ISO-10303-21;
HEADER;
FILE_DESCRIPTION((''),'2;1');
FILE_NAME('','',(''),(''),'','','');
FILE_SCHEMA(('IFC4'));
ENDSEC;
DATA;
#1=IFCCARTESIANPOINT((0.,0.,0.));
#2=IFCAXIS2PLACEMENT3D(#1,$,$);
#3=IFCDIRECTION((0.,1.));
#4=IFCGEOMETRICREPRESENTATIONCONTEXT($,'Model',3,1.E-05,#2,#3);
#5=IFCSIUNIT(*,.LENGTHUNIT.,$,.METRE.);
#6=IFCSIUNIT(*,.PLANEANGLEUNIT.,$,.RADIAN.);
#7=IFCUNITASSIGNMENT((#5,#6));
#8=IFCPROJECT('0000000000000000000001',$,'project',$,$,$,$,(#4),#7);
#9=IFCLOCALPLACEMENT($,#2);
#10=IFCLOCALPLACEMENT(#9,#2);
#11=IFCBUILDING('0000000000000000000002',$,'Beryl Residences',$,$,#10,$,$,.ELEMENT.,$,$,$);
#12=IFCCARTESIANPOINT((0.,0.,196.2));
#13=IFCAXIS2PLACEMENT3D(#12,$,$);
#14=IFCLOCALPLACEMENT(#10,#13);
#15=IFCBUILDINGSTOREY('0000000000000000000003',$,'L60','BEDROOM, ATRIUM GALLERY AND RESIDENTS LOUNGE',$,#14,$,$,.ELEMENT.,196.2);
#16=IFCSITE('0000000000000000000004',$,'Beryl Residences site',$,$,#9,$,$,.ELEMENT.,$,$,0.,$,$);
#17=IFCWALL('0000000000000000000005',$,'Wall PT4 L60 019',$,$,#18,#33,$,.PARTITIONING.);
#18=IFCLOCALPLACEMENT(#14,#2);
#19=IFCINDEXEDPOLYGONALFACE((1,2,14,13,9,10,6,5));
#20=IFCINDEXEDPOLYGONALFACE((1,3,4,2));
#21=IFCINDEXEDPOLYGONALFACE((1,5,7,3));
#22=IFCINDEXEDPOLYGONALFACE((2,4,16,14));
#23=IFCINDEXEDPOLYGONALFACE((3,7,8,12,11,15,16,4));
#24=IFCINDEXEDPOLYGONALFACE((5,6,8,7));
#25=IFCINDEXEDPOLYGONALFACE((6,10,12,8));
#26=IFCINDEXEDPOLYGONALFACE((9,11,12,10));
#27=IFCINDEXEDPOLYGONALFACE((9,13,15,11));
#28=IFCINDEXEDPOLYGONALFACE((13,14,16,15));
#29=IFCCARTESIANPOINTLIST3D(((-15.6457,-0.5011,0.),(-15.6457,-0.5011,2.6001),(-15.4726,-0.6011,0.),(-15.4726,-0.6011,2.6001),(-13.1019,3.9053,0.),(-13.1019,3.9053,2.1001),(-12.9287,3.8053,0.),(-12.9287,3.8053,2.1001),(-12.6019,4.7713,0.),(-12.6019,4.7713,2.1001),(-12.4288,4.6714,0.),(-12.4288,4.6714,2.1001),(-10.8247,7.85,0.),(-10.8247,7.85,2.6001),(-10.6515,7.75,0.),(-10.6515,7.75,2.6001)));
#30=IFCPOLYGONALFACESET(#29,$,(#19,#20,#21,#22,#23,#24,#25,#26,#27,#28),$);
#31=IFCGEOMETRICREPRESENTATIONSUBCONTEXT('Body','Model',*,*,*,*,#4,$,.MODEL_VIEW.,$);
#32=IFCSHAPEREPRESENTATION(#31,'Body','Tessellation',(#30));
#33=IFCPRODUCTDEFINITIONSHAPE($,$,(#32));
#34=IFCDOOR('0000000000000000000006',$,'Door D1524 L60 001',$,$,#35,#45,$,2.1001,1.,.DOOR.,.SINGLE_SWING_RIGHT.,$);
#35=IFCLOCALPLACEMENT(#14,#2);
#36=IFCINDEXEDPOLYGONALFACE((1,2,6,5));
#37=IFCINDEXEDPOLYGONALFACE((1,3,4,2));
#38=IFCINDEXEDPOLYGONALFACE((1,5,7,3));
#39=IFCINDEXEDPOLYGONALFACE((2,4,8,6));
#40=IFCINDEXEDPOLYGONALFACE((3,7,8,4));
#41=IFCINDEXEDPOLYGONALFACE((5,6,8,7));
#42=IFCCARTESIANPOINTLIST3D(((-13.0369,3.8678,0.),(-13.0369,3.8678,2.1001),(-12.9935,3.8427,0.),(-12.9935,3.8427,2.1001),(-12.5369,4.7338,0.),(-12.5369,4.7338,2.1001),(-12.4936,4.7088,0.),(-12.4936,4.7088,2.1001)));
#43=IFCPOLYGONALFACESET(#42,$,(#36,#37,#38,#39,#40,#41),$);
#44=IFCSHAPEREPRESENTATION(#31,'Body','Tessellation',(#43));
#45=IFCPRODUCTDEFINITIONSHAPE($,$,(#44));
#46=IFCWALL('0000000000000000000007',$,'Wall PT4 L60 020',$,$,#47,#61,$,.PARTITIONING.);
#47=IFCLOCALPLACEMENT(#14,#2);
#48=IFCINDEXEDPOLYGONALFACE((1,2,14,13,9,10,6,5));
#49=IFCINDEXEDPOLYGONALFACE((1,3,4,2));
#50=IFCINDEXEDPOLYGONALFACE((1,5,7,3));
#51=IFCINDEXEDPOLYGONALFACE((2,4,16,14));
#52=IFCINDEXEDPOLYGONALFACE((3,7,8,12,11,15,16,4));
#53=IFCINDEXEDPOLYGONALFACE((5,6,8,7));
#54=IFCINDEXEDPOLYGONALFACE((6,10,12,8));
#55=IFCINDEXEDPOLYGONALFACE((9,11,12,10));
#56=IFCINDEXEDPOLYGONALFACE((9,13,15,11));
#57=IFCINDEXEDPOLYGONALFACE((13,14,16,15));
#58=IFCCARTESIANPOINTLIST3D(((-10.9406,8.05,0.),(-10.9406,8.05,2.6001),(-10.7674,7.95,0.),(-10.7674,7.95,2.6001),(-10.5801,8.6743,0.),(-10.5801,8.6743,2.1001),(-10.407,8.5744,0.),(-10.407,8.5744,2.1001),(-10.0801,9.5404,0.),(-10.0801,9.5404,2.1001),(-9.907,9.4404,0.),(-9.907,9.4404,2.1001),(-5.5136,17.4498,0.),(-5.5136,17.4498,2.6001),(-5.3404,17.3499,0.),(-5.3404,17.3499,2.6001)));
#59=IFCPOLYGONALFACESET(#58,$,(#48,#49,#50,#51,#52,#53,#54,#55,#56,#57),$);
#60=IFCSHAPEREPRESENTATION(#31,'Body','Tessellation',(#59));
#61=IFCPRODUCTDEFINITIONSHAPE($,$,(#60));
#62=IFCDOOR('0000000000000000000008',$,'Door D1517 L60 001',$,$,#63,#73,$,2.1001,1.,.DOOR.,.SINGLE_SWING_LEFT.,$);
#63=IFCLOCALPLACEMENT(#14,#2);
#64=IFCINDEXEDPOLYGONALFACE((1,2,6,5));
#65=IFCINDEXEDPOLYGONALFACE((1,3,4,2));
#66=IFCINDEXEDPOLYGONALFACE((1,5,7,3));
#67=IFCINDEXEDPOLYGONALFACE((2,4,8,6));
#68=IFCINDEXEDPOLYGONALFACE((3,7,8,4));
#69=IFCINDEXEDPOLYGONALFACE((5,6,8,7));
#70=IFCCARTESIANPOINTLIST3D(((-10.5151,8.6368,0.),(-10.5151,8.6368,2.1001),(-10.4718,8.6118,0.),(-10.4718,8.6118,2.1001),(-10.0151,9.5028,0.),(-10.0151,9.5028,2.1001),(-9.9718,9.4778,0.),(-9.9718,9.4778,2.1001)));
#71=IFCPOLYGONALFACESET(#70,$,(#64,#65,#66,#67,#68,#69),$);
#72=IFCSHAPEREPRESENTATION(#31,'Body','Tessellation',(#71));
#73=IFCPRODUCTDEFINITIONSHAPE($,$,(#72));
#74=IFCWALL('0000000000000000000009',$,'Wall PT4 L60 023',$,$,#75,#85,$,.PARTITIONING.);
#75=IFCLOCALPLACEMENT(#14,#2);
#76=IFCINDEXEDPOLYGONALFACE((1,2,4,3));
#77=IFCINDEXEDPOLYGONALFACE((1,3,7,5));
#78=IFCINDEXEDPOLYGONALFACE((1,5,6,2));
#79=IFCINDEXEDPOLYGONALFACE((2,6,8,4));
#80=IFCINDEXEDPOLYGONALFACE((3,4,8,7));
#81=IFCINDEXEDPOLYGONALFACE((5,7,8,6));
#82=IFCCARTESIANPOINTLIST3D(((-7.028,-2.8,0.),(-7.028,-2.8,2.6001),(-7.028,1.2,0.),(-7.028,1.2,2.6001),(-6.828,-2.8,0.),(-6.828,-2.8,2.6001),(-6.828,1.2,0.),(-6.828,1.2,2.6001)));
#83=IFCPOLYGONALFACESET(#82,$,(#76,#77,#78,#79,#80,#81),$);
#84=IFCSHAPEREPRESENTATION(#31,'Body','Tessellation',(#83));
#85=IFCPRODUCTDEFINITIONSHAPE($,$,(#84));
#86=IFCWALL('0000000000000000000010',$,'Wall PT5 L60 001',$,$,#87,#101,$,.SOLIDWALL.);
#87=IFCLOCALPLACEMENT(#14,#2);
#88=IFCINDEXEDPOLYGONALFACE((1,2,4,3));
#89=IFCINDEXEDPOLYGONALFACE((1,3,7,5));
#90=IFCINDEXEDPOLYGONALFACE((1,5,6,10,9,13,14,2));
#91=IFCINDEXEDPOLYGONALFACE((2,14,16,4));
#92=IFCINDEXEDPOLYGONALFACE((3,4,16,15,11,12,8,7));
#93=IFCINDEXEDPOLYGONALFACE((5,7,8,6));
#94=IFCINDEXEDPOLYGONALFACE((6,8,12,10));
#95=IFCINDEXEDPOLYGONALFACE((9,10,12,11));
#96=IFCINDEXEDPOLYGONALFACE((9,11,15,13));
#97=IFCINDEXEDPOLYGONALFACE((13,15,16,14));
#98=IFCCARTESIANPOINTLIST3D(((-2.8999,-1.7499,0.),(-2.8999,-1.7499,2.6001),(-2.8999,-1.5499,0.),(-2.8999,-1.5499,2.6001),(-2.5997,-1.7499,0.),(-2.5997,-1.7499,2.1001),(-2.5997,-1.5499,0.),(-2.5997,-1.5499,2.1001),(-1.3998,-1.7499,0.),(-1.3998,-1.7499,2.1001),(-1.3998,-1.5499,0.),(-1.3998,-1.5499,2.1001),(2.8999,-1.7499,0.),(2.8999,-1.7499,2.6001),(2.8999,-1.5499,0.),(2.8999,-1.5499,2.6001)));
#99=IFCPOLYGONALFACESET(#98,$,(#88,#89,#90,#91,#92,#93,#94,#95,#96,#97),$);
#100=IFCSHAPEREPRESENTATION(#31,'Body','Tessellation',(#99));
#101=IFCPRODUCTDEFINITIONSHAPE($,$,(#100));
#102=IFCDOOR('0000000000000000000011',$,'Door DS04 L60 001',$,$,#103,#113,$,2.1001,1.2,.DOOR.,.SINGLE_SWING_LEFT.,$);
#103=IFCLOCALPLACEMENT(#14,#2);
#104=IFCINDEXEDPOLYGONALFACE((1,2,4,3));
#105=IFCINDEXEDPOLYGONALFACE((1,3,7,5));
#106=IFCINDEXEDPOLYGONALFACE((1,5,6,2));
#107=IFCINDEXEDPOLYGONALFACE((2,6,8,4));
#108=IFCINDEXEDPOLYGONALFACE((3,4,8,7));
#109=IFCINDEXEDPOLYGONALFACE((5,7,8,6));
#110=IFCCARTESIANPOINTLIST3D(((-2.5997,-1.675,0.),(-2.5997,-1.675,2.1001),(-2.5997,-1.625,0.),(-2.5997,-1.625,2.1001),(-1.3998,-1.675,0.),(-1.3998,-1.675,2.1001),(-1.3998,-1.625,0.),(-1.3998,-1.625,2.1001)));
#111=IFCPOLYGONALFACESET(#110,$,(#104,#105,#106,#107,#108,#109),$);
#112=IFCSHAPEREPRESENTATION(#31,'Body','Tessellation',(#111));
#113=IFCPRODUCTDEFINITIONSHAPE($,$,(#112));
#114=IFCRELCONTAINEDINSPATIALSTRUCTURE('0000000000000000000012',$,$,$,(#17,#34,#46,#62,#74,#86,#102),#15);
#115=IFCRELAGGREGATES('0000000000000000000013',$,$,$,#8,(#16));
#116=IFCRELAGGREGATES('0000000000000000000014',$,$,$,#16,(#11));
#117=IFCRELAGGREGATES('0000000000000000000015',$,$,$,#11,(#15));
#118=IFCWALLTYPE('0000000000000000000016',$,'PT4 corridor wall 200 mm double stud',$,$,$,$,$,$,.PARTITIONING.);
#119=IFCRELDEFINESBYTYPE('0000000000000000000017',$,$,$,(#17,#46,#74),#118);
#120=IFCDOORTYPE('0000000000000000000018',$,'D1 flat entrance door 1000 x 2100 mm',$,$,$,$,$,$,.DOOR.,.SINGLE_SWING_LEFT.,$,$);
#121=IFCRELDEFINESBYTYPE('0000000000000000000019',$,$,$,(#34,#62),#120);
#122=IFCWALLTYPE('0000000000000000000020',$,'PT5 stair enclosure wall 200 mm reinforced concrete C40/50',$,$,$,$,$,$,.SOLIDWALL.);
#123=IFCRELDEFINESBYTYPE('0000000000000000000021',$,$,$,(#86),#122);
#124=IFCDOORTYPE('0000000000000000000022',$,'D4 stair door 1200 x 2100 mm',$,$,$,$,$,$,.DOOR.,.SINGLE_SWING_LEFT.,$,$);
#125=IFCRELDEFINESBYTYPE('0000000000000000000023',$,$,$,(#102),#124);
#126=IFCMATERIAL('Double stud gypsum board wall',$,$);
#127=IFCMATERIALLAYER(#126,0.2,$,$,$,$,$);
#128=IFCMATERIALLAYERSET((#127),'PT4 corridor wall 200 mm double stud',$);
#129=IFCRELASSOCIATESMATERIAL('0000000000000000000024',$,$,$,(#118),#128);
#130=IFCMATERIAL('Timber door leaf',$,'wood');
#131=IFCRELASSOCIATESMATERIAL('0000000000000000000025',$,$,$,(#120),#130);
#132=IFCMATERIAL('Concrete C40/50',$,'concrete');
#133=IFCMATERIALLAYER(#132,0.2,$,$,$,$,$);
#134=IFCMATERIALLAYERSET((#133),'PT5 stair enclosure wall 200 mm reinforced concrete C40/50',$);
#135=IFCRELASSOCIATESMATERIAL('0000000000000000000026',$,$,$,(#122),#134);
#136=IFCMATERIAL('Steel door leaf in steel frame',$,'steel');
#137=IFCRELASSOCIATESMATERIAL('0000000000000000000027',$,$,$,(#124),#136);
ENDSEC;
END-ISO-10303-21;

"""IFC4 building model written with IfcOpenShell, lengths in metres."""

from ifc_helpers import new_model, si_unit, direction, frame, frame_2d, origin, place, context, subcontext, project, spatial, rectangle, extrude, material, layer, layer_set, type_object, element, fill, save


model = new_model("IFC4")

# Units and contexts
model_context = context("Model", 3, precision=1e-05, world=origin(), true_north=direction((0.0, 1.0)))
body_context = subcontext(model_context, "Body", "Model", "MODEL_VIEW")
ifc_project = project(units=[si_unit("LENGTHUNIT", "METRE"), si_unit("PLANEANGLEUNIT", "RADIAN")], contexts=[model_context])

# Site, building, storey
site_placement = place(None, origin())
site = spatial("IfcSite", under=ifc_project, at=site_placement, Name="Beryl Residences site", CompositionType="ELEMENT", RefElevation=0.0)
building_placement = place(site_placement, origin())
building = spatial("IfcBuilding", under=site, at=building_placement, Name="Beryl Residences", CompositionType="ELEMENT")
storey_placement = place(building_placement, frame((0.0, 0.0, 196.2)))
storey = spatial("IfcBuildingStorey", under=building, at=storey_placement, Name="L60", Description="BEDROOM, ATRIUM GALLERY AND RESIDENTS LOUNGE", CompositionType="ELEMENT", Elevation=196.2)

# Shared definitions
ifc_material_1 = material(Name="Double stud gypsum board wall")
ifc_layer_1 = layer(ifc_material_1, 0.2)
ifc_layer_set_1 = layer_set([ifc_layer_1], Name="PT4 corridor wall 200 mm double stud")
wall_type_1 = type_object("IfcWallType", Name="PT4 corridor wall 200 mm double stud", PredefinedType="PARTITIONING", material=ifc_layer_set_1)

# Walls, openings, doors
wall_1_placement = place(storey_placement, frame((-15.5591, -0.551, 0.0), z_axis=(0.0, 0.0, 1.0), x_axis=(0.499965, 0.866046, 0.0)))
wall_1 = element("IfcWall", 1, at=wall_1_placement, inside=storey, type_object=wall_type_1, Name="Wall PT4 L60 019", PredefinedType="PARTITIONING", context=body_context, shape_type="SweptSolid", body=[
    extrude(rectangle(XDim=9.6428, YDim=0.2, at=frame_2d((4.8213, 0.0))), origin(), (0.0, 0.0, 1.0), 2.6001),
])
opening_1_placement = place(wall_1_placement, frame((5.0879, 0.0, 0.0)))
opening_1 = element("IfcOpeningElement", 2, at=opening_1_placement, cuts=wall_1, PredefinedType="OPENING", context=body_context, shape_type="SweptSolid", body=[
    extrude(rectangle(XDim=1.0, YDim=2.1001, at=frame_2d((0.5, 1.05))), frame((0.0, 0.1099, 0.0), z_axis=(0.0, -1.0, 0.0), x_axis=(1.0, 0.0, 0.0)), (0.0, 0.0, 1.0), 0.22),
])
ifc_material_2 = material(Name="Timber door leaf", Category="wood")
door_type_1 = type_object("IfcDoorType", Name="D1 flat entrance door 1000 x 2100 mm", OperationType="SINGLE_SWING_LEFT", PredefinedType="DOOR", material=ifc_material_2)
door_1_placement = place(opening_1_placement, origin())
door_1 = element("IfcDoor", 3, at=door_1_placement, inside=storey, type_object=door_type_1, Name="Door D1524 L60 001", OperationType="SINGLE_SWING_RIGHT", OverallHeight=2.1001, OverallWidth=1.0, PredefinedType="DOOR", context=body_context, shape_type="SweptSolid", body=[
    extrude(rectangle(XDim=1.0, YDim=2.1001, at=frame_2d((0.5, 1.05))), frame((0.0, 0.0249, 0.0), z_axis=(0.0, -1.0, 0.0), x_axis=(1.0, 0.0, 0.0)), (0.0, 0.0, 1.0), 0.05),
])
fill(opening_1, door_1)
wall_2_placement = place(storey_placement, frame((-10.854, 8.0, 0.0), z_axis=(0.0, 0.0, 1.0), x_axis=(0.499998, 0.866027, 0.0)))
wall_2 = element("IfcWall", 4, at=wall_2_placement, inside=storey, type_object=wall_type_1, Name="Wall PT4 L60 020", PredefinedType="PARTITIONING", context=body_context, shape_type="SweptSolid", body=[
    extrude(rectangle(XDim=10.854, YDim=0.2, at=frame_2d((5.427, 0.0))), origin(), (0.0, 0.0, 1.0), 2.6001),
])
opening_2_placement = place(wall_2_placement, frame((0.7209, 0.0, 0.0)))
opening_2 = element("IfcOpeningElement", 5, at=opening_2_placement, cuts=wall_2, PredefinedType="OPENING", context=body_context, shape_type="SweptSolid", body=[
    extrude(rectangle(XDim=1.0, YDim=2.1001, at=frame_2d((0.5, 1.05))), frame((0.0, 0.1099, 0.0), z_axis=(0.0, -1.0, 0.0), x_axis=(1.0, 0.0, 0.0)), (0.0, 0.0, 1.0), 0.22),
])
door_2_placement = place(opening_2_placement, origin())
door_2 = element("IfcDoor", 6, at=door_2_placement, inside=storey, type_object=door_type_1, Name="Door D1517 L60 001", OperationType="SINGLE_SWING_LEFT", OverallHeight=2.1001, OverallWidth=1.0, PredefinedType="DOOR", context=body_context, shape_type="SweptSolid", body=[
    extrude(rectangle(XDim=1.0, YDim=2.1001, at=frame_2d((0.5, 1.05))), frame((0.0, 0.0249, 0.0), z_axis=(0.0, -1.0, 0.0), x_axis=(1.0, 0.0, 0.0)), (0.0, 0.0, 1.0), 0.05),
])
fill(opening_2, door_2)

# Wall
wall_3_placement = place(storey_placement, frame((-6.928, -2.8, 0.0), z_axis=(0.0, 0.0, 1.0), x_axis=(0.0, 1.0, 0.0)))
element("IfcWall", 7, at=wall_3_placement, inside=storey, type_object=wall_type_1, Name="Wall PT4 L60 023", PredefinedType="PARTITIONING", context=body_context, shape_type="SweptSolid", body=[
    extrude(rectangle(XDim=4.0, YDim=0.2, at=frame_2d((2.0, 0.0))), origin(), (0.0, 0.0, 1.0), 2.6001),
])

# Wall, opening, door
ifc_material_3 = material(Name="Concrete C40/50", Category="concrete")
ifc_layer_2 = layer(ifc_material_3, 0.2)
ifc_layer_set_2 = layer_set([ifc_layer_2], Name="PT5 stair enclosure wall 200 mm reinforced concrete C40/50")
wall_type_2 = type_object("IfcWallType", Name="PT5 stair enclosure wall 200 mm reinforced concrete C40/50", PredefinedType="SOLIDWALL", material=ifc_layer_set_2)
wall_4_placement = place(storey_placement, frame((-2.8999, -1.6499, 0.0), z_axis=(0.0, 0.0, 1.0), x_axis=(1.0, 0.0, 0.0)))
wall_4 = element("IfcWall", 8, at=wall_4_placement, inside=storey, type_object=wall_type_2, Name="Wall PT5 L60 001", PredefinedType="SOLIDWALL", context=body_context, shape_type="SweptSolid", body=[
    extrude(rectangle(XDim=5.7998, YDim=0.2, at=frame_2d((2.8999, 0.0))), origin(), (0.0, 0.0, 1.0), 2.6001),
])
opening_3_placement = place(wall_4_placement, frame((0.3, 0.0, 0.0)))
opening_3 = element("IfcOpeningElement", 9, at=opening_3_placement, cuts=wall_4, PredefinedType="OPENING", context=body_context, shape_type="SweptSolid", body=[
    extrude(rectangle(XDim=1.2, YDim=2.1001, at=frame_2d((0.6001, 1.05))), frame((0.0, 0.1099, 0.0), z_axis=(0.0, -1.0, 0.0), x_axis=(1.0, 0.0, 0.0)), (0.0, 0.0, 1.0), 0.22),
])
ifc_material_4 = material(Name="Steel door leaf in steel frame", Category="steel")
door_type_2 = type_object("IfcDoorType", Name="D4 stair door 1200 x 2100 mm", OperationType="SINGLE_SWING_LEFT", PredefinedType="DOOR", material=ifc_material_4)
door_3_placement = place(opening_3_placement, origin())
door_3 = element("IfcDoor", 10, at=door_3_placement, inside=storey, type_object=door_type_2, Name="Door DS04 L60 001", OperationType="SINGLE_SWING_LEFT", OverallHeight=2.1001, OverallWidth=1.2, PredefinedType="DOOR", context=body_context, shape_type="SweptSolid", body=[
    extrude(rectangle(XDim=1.2, YDim=2.1001, at=frame_2d((0.6001, 1.05))), frame((0.0, 0.0249, 0.0), z_axis=(0.0, -1.0, 0.0), x_axis=(1.0, 0.0, 0.0)), (0.0, 0.0, 1.0), 0.05),
])
fill(opening_3, door_3)

save(model, "model.ifc")
